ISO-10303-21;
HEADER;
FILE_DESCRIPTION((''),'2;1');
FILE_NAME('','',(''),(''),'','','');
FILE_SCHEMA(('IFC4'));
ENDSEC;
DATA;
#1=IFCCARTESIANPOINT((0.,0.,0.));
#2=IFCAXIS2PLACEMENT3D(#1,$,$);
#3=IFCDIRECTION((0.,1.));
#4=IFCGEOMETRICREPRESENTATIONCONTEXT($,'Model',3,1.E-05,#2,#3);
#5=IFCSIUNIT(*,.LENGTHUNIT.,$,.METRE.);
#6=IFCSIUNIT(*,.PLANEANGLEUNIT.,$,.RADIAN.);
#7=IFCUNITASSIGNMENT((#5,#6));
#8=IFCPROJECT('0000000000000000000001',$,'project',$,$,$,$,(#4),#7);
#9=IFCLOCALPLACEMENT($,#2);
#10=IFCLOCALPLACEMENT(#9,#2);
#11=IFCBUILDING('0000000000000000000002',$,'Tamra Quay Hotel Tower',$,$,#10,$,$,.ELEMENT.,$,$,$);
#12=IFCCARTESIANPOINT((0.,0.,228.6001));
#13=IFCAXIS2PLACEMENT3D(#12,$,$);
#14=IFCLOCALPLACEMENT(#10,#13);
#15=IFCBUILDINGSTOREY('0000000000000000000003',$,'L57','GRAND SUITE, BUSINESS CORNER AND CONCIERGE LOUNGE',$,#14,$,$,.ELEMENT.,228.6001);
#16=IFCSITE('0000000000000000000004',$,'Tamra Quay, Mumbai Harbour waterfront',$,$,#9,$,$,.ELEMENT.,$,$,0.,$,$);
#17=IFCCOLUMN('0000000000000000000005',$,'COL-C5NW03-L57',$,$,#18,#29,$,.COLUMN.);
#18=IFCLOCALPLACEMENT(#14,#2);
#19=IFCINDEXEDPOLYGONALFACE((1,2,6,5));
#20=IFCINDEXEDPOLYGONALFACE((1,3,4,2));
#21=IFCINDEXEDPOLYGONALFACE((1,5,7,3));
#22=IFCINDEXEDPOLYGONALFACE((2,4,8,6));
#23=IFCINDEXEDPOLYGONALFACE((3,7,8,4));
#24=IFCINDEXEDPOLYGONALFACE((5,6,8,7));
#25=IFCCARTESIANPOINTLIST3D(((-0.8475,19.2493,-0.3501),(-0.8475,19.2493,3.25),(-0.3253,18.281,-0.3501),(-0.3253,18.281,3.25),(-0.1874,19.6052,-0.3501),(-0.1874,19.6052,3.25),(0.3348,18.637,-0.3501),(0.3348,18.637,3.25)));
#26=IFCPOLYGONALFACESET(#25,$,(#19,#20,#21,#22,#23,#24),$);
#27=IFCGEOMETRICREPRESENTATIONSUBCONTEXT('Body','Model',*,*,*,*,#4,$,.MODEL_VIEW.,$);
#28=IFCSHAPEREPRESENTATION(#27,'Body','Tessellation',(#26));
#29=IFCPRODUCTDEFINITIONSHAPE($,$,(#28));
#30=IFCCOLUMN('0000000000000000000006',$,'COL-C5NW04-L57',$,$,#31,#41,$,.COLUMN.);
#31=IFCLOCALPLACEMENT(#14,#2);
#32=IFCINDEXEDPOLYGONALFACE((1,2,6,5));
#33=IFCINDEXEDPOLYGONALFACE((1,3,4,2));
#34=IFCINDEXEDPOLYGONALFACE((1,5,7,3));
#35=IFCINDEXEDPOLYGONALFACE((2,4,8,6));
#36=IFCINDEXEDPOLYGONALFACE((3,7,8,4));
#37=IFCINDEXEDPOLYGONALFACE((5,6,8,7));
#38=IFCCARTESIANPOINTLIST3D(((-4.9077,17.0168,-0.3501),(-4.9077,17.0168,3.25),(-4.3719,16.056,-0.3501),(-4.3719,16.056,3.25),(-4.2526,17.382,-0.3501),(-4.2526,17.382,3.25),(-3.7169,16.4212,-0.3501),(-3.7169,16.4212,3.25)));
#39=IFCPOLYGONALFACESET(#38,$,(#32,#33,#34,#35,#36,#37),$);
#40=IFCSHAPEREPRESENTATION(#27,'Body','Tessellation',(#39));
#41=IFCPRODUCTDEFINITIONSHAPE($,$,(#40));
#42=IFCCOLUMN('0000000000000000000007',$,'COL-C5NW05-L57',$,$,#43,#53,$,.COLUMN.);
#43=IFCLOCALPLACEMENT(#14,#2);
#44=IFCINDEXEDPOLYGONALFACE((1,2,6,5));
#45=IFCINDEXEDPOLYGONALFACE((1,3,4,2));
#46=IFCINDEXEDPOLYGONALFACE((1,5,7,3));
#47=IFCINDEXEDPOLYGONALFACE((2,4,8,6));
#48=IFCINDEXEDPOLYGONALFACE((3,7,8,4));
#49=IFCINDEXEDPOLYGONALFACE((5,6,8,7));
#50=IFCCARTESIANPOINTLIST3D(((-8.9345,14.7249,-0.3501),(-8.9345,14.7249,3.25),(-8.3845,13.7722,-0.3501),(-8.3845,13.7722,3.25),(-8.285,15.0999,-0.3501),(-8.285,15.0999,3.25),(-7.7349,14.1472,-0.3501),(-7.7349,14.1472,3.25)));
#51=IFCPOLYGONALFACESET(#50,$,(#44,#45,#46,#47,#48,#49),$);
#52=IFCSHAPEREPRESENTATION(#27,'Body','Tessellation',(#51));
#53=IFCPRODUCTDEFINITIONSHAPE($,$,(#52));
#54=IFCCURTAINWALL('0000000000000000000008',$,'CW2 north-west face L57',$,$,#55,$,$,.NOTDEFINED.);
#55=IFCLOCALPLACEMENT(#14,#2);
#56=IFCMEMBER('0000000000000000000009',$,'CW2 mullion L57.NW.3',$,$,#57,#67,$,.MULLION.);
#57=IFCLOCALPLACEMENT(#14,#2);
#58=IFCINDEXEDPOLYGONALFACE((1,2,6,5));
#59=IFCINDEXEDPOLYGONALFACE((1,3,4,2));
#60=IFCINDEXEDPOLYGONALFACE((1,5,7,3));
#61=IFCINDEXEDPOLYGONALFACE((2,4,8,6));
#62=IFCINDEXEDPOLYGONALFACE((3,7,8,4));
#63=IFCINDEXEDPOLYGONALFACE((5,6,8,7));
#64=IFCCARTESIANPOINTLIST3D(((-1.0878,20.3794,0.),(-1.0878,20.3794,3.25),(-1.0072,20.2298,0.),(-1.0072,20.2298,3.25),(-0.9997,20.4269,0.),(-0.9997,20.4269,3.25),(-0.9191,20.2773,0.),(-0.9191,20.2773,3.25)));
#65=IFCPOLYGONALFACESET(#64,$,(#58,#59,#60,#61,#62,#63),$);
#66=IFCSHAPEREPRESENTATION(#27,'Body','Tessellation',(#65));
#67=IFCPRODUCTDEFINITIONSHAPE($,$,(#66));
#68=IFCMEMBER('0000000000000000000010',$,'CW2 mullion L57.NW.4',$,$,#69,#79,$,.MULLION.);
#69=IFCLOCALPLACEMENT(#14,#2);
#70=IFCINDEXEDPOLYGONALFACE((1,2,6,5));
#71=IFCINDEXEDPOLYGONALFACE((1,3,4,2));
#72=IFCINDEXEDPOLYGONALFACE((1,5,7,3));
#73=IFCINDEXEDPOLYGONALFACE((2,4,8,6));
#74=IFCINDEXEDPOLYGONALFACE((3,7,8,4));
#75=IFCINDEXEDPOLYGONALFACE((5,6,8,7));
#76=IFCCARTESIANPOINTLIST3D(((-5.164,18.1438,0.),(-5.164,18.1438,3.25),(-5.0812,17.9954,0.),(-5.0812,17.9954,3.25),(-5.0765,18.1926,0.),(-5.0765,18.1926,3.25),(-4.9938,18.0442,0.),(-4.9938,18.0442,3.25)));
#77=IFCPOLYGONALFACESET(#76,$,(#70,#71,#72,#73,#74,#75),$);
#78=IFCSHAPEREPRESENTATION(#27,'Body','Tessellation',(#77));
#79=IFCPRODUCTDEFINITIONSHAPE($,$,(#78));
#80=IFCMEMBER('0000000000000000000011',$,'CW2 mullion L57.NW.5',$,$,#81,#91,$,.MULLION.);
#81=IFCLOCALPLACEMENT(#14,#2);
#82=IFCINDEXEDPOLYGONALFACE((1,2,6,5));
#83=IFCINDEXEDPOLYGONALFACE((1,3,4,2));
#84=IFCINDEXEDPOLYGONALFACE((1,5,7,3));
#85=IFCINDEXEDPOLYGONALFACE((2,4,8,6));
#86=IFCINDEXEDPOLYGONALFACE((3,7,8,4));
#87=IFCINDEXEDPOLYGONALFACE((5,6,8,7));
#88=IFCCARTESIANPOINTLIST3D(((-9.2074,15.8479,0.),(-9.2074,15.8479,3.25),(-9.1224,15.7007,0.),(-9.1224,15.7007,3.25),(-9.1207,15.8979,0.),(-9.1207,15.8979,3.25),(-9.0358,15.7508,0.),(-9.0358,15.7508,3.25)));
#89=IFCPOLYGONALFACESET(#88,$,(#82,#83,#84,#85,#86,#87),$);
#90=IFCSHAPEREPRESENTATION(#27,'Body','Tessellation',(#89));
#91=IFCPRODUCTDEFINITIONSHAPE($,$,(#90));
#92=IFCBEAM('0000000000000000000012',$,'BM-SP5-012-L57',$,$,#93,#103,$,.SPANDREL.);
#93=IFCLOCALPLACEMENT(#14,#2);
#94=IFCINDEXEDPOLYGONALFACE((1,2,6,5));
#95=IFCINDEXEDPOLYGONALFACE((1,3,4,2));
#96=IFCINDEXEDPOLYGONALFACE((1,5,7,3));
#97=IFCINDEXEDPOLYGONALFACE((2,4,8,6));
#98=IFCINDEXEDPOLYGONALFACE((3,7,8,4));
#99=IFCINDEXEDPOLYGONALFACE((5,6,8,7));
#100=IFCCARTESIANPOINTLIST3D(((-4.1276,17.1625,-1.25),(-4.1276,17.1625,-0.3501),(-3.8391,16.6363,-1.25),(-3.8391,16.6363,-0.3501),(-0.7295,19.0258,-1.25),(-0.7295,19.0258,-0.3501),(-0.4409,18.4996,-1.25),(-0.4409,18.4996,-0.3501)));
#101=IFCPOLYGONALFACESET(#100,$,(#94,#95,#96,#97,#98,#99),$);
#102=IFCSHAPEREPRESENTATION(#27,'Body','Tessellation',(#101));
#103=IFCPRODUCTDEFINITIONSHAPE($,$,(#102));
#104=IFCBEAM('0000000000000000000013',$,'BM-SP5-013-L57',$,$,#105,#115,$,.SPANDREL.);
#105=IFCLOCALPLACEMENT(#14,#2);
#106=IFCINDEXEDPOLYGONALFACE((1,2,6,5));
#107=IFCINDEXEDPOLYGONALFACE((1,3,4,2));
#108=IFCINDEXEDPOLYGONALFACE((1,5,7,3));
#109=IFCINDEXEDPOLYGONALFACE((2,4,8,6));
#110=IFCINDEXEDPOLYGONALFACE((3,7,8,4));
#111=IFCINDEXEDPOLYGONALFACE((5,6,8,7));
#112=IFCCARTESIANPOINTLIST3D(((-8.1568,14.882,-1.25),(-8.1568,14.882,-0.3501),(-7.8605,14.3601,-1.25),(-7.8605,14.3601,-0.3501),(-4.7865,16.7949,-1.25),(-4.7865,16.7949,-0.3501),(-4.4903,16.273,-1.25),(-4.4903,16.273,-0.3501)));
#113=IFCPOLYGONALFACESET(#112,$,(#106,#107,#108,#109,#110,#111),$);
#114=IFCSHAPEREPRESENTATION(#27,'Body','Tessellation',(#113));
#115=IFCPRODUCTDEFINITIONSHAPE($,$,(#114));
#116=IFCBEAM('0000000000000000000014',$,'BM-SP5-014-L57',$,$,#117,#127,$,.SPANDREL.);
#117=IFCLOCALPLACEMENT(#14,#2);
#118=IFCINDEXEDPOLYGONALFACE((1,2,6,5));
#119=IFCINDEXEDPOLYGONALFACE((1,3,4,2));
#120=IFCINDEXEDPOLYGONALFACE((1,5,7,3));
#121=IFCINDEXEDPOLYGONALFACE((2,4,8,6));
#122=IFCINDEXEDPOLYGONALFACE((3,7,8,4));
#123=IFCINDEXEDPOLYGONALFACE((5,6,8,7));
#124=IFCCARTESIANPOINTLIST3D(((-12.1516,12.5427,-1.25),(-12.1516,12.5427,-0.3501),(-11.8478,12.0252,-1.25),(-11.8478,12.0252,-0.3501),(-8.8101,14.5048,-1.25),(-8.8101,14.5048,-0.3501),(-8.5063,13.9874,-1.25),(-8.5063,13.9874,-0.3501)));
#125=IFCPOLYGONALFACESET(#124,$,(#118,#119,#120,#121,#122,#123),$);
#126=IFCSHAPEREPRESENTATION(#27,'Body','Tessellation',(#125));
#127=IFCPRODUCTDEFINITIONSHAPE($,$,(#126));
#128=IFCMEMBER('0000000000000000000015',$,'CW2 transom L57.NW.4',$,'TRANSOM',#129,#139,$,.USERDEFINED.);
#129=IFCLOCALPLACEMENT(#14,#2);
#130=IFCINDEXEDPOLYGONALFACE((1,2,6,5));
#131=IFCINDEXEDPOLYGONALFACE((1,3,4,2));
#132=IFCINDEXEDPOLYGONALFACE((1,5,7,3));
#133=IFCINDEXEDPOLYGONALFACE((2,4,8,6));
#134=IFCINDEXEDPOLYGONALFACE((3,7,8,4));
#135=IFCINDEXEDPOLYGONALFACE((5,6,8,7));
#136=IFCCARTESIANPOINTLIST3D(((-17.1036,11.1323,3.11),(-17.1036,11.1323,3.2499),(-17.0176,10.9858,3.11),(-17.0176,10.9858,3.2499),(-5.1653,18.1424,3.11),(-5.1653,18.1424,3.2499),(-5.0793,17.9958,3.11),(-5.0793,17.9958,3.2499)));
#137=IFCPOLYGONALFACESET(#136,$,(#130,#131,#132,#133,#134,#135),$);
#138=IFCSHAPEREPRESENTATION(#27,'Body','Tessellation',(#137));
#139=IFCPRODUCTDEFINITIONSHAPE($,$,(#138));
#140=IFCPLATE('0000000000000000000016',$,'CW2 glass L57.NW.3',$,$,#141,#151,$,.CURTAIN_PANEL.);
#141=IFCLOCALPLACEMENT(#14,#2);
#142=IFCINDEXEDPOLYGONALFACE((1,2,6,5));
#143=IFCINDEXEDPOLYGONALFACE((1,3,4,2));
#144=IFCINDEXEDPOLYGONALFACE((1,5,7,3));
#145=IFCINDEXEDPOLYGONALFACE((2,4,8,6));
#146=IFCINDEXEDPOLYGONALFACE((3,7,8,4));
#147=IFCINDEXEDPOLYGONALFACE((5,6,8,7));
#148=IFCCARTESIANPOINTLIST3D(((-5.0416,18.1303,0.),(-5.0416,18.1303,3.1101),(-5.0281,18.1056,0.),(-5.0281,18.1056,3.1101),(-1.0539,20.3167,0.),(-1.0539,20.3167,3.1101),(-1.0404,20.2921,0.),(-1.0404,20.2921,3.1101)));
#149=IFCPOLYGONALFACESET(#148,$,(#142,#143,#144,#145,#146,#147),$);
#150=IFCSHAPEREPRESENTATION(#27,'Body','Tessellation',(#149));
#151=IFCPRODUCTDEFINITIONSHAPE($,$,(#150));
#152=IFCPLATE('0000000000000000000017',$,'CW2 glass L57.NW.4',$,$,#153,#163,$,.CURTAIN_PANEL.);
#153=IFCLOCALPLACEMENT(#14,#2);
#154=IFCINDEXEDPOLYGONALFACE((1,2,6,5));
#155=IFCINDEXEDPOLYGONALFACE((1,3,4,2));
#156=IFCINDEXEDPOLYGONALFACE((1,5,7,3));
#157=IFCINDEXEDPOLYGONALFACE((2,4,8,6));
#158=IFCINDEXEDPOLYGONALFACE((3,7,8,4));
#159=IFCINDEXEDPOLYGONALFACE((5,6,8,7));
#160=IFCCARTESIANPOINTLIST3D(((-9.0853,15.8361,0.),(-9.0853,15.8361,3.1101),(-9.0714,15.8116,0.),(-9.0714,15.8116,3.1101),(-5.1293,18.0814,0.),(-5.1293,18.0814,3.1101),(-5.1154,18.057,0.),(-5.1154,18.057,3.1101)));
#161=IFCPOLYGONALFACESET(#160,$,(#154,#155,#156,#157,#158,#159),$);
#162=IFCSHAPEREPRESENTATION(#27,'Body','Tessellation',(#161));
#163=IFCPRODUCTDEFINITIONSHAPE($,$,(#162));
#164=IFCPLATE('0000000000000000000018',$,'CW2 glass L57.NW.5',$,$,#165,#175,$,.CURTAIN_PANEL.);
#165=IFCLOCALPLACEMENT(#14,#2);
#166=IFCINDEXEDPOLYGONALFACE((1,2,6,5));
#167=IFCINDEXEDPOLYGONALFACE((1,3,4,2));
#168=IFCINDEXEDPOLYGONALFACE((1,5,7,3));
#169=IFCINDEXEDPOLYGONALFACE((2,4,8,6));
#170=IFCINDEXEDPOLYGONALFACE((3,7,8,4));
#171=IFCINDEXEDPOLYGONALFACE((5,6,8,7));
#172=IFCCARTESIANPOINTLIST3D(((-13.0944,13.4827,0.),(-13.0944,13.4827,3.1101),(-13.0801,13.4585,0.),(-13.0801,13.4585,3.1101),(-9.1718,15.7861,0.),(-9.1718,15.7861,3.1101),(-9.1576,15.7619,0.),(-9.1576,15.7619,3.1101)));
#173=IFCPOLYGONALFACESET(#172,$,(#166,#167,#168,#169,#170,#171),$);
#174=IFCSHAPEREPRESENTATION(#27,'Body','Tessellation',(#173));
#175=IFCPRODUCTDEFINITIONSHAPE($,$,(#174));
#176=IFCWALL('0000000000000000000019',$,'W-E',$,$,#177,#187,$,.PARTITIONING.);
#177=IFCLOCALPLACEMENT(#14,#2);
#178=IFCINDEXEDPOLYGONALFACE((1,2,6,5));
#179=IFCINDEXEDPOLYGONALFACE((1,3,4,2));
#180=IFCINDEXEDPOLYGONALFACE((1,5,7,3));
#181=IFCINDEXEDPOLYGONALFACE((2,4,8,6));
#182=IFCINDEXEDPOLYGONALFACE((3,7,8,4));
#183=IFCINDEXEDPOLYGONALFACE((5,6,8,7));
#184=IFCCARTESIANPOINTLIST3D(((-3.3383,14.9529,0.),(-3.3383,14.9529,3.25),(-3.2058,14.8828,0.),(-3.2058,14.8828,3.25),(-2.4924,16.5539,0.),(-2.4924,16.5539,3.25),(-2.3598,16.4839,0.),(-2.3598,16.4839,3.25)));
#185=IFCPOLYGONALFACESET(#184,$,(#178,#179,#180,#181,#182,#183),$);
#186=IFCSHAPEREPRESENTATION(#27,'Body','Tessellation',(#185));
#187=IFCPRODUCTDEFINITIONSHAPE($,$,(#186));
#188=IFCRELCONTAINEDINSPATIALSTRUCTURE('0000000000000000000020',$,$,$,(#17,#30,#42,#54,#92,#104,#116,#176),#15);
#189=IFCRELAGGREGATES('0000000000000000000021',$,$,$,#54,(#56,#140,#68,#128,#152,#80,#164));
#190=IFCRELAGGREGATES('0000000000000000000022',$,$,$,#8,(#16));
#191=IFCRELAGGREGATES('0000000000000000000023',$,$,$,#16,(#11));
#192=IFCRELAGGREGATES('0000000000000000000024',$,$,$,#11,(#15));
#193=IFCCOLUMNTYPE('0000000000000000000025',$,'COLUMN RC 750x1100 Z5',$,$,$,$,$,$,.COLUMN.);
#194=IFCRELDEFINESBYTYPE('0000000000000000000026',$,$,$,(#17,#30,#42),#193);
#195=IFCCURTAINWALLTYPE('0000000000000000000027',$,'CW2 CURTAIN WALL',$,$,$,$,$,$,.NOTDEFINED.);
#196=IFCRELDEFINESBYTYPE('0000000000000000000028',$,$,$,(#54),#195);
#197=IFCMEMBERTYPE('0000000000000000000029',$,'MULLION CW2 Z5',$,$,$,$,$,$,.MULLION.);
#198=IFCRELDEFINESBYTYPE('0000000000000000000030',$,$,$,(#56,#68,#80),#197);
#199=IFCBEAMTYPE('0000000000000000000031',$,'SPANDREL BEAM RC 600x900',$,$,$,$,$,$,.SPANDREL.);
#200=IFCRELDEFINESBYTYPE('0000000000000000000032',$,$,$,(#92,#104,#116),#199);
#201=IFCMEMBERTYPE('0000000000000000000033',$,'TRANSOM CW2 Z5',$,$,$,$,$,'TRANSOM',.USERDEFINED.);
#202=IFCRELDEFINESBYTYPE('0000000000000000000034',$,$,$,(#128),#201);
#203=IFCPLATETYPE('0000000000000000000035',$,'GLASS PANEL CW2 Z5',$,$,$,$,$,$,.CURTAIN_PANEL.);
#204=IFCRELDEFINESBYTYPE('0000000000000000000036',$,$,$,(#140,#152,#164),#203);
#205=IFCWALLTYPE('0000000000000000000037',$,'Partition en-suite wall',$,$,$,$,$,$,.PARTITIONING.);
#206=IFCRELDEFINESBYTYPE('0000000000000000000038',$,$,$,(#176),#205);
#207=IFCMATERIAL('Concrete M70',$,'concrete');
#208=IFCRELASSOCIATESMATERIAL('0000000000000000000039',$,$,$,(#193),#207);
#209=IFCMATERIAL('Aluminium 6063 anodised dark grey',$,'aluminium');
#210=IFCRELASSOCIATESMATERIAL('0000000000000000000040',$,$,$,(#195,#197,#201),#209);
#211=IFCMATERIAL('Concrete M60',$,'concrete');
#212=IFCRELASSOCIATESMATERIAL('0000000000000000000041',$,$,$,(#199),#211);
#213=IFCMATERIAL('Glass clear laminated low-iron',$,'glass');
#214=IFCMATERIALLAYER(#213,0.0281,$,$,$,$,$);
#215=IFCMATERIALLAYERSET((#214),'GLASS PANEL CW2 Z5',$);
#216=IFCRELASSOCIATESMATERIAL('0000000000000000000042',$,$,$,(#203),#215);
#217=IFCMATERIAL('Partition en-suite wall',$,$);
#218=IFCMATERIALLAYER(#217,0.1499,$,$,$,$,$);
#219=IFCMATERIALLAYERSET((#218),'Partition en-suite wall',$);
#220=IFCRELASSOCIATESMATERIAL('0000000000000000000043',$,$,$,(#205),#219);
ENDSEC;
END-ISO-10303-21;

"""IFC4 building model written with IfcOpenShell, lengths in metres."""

from ifc_helpers import new_model, si_unit, direction, frame, frame_2d, origin, origin_2d, place, context, subcontext, project, spatial, rectangle, extrude, material, layer, layer_set, material_profile, profile_set, type_object, element, aggregate, save


model = new_model("IFC4")

# Units and contexts
model_context = context("Model", 3, precision=1e-05, world=origin(), true_north=direction((0.0, 1.0)))
body_context = subcontext(model_context, "Body", "Model", "MODEL_VIEW")
ifc_project = project(units=[si_unit("LENGTHUNIT", "METRE"), si_unit("PLANEANGLEUNIT", "RADIAN")], contexts=[model_context])

# Site, building, storey
site_placement = place(None, origin())
site = spatial("IfcSite", under=ifc_project, at=site_placement, Name="Tamra Quay, Mumbai Harbour waterfront", CompositionType="ELEMENT", RefElevation=0.0)
building_placement = place(site_placement, origin())
building = spatial("IfcBuilding", under=site, at=building_placement, Name="Tamra Quay Hotel Tower", CompositionType="ELEMENT")
storey_placement = place(building_placement, frame((0.0, 0.0, 228.6001)))
storey = spatial("IfcBuildingStorey", under=building, at=storey_placement, Name="L57", Description="GRAND SUITE, BUSINESS CORNER AND CONCIERGE LOUNGE", CompositionType="ELEMENT", Elevation=228.6001)

# Columns
ifc_material_1 = material(Name="Concrete M70", Category="concrete")
ifc_material_profile_1 = material_profile(ifc_material_1, rectangle(XDim=1.1001, YDim=0.75, at=origin_2d()), Name="COLUMN RC 750x1100 Z5")
ifc_profile_set_1 = profile_set([ifc_material_profile_1], Name="Concrete M70")
column_type = type_object("IfcColumnType", Name="COLUMN RC 750x1100 Z5", PredefinedType="COLUMN", material=ifc_profile_set_1)
for number, where, z_axis, x_axis, name in (
    (1, (-0.2563, 18.9431, -0.3501), (0.0, 0.0, 1.0), (-0.474651, 0.880174, 0.0), "COL-C5NW03-L57"),
    (2, (-4.3123, 16.719, -0.3501), (0.0, 0.0, 1.0), (-0.486989, 0.873408, 0.0), "COL-C5NW04-L57"),
    (3, (-8.3347, 14.436, -0.3501), (0.0, 0.0, 1.0), (-0.5, 0.866025, 0.0), "COL-C5NW05-L57"),
):
    element("IfcColumn", number, at=place(storey_placement, frame(where, z_axis=z_axis, x_axis=x_axis)), inside=storey, type_object=column_type, Name=name, PredefinedType="COLUMN", context=body_context, shape_type="SweptSolid", body=[
        extrude(rectangle(XDim=1.1001, YDim=0.75, at=origin_2d()), origin(), (0.0, 0.0, 1.0), 3.6001),
    ])

# Curtain wall, members
ifc_material_2 = material(Name="Aluminium 6063 anodised dark grey", Category="aluminium")
curtain_wall_type = type_object("IfcCurtainWallType", Name="CW2 CURTAIN WALL", PredefinedType="NOTDEFINED", material=ifc_material_2)
curtain_wall_placement = place(storey_placement, origin())
curtain_wall = element("IfcCurtainWall", 4, at=curtain_wall_placement, inside=storey, type_object=curtain_wall_type, Name="CW2 north-west face L57", PredefinedType="NOTDEFINED")
ifc_material_profile_2 = material_profile(ifc_material_2, rectangle(XDim=0.1699, YDim=0.1001, at=origin_2d()), Name="MULLION 100X170")
ifc_profile_set_2 = profile_set([ifc_material_profile_2], Name="Aluminium 6063 anodised dark grey")
member_type_1 = type_object("IfcMemberType", Name="MULLION CW2 Z5", PredefinedType="MULLION", material=ifc_profile_set_2)
member_1_placement = place(storey_placement, frame((-1.0034, 20.3284, 0.0), z_axis=(0.0, 0.0, 1.0), x_axis=(-0.474319, 0.880353, 0.0)))
member_1 = element("IfcMember", 5, at=member_1_placement, type_object=member_type_1, Name="CW2 mullion L57.NW.3", PredefinedType="MULLION", context=body_context, shape_type="SweptSolid", body=[
    extrude(rectangle(XDim=0.1699, YDim=0.1001, at=origin_2d()), origin(), (0.0, 0.0, 1.0), 3.25),
])
member_2_placement = place(storey_placement, frame((-5.0789, 18.094, 0.0), z_axis=(0.0, 0.0, 1.0), x_axis=(-0.487204, 0.873288, 0.0)))
member_2 = element("IfcMember", 6, at=member_2_placement, type_object=member_type_1, Name="CW2 mullion L57.NW.4", PredefinedType="MULLION", context=body_context, shape_type="SweptSolid", body=[
    extrude(rectangle(XDim=0.1699, YDim=0.1001, at=origin_2d()), origin(), (0.0, 0.0, 1.0), 3.25),
])
member_3_placement = place(storey_placement, frame((-9.1216, 15.7993, 0.0), z_axis=(0.0, 0.0, 1.0), x_axis=(-0.5, 0.866025, 0.0)))
member_3 = element("IfcMember", 7, at=member_3_placement, type_object=member_type_1, Name="CW2 mullion L57.NW.5", PredefinedType="MULLION", context=body_context, shape_type="SweptSolid", body=[
    extrude(rectangle(XDim=0.1699, YDim=0.1001, at=origin_2d()), origin(), (0.0, 0.0, 1.0), 3.25),
])

# Beams
ifc_material_3 = material(Name="Concrete M60", Category="concrete")
ifc_material_profile_3 = material_profile(ifc_material_3, rectangle(XDim=0.6001, YDim=0.8999, at=origin_2d()), Name="SPANDREL BEAM RC 600x900")
ifc_profile_set_3 = profile_set([ifc_material_profile_3], Name="Concrete M60")
beam_type = type_object("IfcBeamType", Name="SPANDREL BEAM RC 600x900", PredefinedType="SPANDREL", material=ifc_profile_set_3)
beam_1_placement = place(storey_placement, frame((-0.5852, 18.7627, -0.8), z_axis=(-0.876839, -0.480784, 0.0), x_axis=(0.480784, -0.876839, 0.0)))
element("IfcBeam", 8, at=beam_1_placement, inside=storey, type_object=beam_type, Name="BM-SP5-012-L57", PredefinedType="SPANDREL", context=body_context, shape_type="SweptSolid", body=[
    extrude(rectangle(XDim=0.6001, YDim=0.8999, at=origin_2d()), origin(), (0.0, 0.0, 1.0), 3.8755),
])
beam_2_placement = place(storey_placement, frame((-4.6384, 16.5339, -0.8), z_axis=(-0.869678, -0.49362, 0.0), x_axis=(0.49362, -0.869678, 0.0)))
element("IfcBeam", 9, at=beam_2_placement, inside=storey, type_object=beam_type, Name="BM-SP5-013-L57", PredefinedType="SPANDREL", context=body_context, shape_type="SweptSolid", body=[
    extrude(rectangle(XDim=0.6001, YDim=0.8999, at=origin_2d()), origin(), (0.0, 0.0, 1.0), 3.8752),
])
beam_3_placement = place(storey_placement, frame((-8.6582, 14.2461, -0.8), z_axis=(-0.862324, -0.506356, 0.0), x_axis=(0.506356, -0.862324, 0.0)))
element("IfcBeam", 10, at=beam_3_placement, inside=storey, type_object=beam_type, Name="BM-SP5-014-L57", PredefinedType="SPANDREL", context=body_context, shape_type="SweptSolid", body=[
    extrude(rectangle(XDim=0.6001, YDim=0.8999, at=origin_2d()), origin(), (0.0, 0.0, 1.0), 3.875),
])

# Member
ifc_material_profile_4 = material_profile(ifc_material_2, rectangle(XDim=0.1699, YDim=0.1399, at=origin_2d()), Name="TRANSOM 170X140")
ifc_profile_set_4 = profile_set([ifc_material_profile_4], Name="Aluminium 6063 anodised dark grey")
member_type_2 = type_object("IfcMemberType", Name="TRANSOM CW2 Z5", ElementType="TRANSOM", PredefinedType="USERDEFINED", material=ifc_profile_set_4)
member_4_placement = place(storey_placement, frame((-5.1223, 18.0691, 3.1799), z_axis=(-0.862328, -0.50635, 0.0), x_axis=(0.50635, -0.862328, 0.0)))
member_4 = element("IfcMember", 11, at=member_4_placement, type_object=member_type_2, Name="CW2 transom L57.NW.4", ObjectType="TRANSOM", PredefinedType="USERDEFINED", context=body_context, shape_type="SweptSolid", body=[
    extrude(rectangle(XDim=0.1699, YDim=0.1399, at=origin_2d()), origin(), (0.0, 0.0, 1.0), 13.8442),
])

# Plates
ifc_material_4 = material(Name="Glass clear laminated low-iron", Category="glass")
ifc_layer_1 = layer(ifc_material_4, 0.0281)
ifc_layer_set_1 = layer_set([ifc_layer_1], Name="GLASS PANEL CW2 Z5")
plate_type = type_object("IfcPlateType", Name="GLASS PANEL CW2 Z5", PredefinedType="CURTAIN_PANEL", material=ifc_layer_set_1)
plate_1_placement = place(storey_placement, frame((-3.041, 19.2112, 0.0), z_axis=(0.0, 0.0, 1.0), x_axis=(-0.876846, -0.480771, 0.0)))
plate_1 = element("IfcPlate", 12, at=plate_1_placement, type_object=plate_type, Name="CW2 glass L57.NW.3", PredefinedType="CURTAIN_PANEL", context=body_context, shape_type="SweptSolid", body=[
    extrude(rectangle(XDim=4.5479, YDim=0.0281, at=origin_2d()), origin(), (0.0, 0.0, 1.0), 3.1101),
])
plate_2_placement = place(storey_placement, frame((-7.1003, 16.9465, 0.0), z_axis=(0.0, 0.0, 1.0), x_axis=(-0.869683, -0.493611, 0.0)))
plate_2 = element("IfcPlate", 13, at=plate_2_placement, type_object=plate_type, Name="CW2 glass L57.NW.4", PredefinedType="CURTAIN_PANEL", context=body_context, shape_type="SweptSolid", body=[
    extrude(rectangle(XDim=4.5488, YDim=0.0281, at=origin_2d()), origin(), (0.0, 0.0, 1.0), 3.1101),
])
plate_3_placement = place(storey_placement, frame((-11.126, 14.6223, 0.0), z_axis=(0.0, 0.0, 1.0), x_axis=(-0.862321, -0.506362, 0.0)))
plate_3 = element("IfcPlate", 14, at=plate_3_placement, type_object=plate_type, Name="CW2 glass L57.NW.5", PredefinedType="CURTAIN_PANEL", context=body_context, shape_type="SweptSolid", body=[
    extrude(rectangle(XDim=4.5488, YDim=0.0281, at=origin_2d()), origin(), (0.0, 0.0, 1.0), 3.1101),
])
aggregate(curtain_wall, [member_1, plate_1, member_2, member_4, plate_2, member_3, plate_3])

# Wall
ifc_material_5 = material(Name="Partition en-suite wall")
ifc_layer_2 = layer(ifc_material_5, 0.1499)
ifc_layer_set_2 = layer_set([ifc_layer_2], Name="Partition en-suite wall")
wall_type_1 = type_object("IfcWallType", Name="Partition en-suite wall", PredefinedType="PARTITIONING", material=ifc_layer_set_2)
wall_1_placement = place(storey_placement, frame((-3.272, 14.918, 0.0), z_axis=(0.0, 0.0, 1.0), x_axis=(0.467163, 0.884171, 0.0)))
element("IfcWall", 15, at=wall_1_placement, inside=storey, type_object=wall_type_1, Name="W-E", PredefinedType="PARTITIONING", context=body_context, shape_type="SweptSolid", body=[
    extrude(rectangle(XDim=1.8108, YDim=0.1499, at=frame_2d((0.9053, 0.0))), origin(), (0.0, 0.0, 1.0), 3.25),
])

save(model, "model.ifc")
